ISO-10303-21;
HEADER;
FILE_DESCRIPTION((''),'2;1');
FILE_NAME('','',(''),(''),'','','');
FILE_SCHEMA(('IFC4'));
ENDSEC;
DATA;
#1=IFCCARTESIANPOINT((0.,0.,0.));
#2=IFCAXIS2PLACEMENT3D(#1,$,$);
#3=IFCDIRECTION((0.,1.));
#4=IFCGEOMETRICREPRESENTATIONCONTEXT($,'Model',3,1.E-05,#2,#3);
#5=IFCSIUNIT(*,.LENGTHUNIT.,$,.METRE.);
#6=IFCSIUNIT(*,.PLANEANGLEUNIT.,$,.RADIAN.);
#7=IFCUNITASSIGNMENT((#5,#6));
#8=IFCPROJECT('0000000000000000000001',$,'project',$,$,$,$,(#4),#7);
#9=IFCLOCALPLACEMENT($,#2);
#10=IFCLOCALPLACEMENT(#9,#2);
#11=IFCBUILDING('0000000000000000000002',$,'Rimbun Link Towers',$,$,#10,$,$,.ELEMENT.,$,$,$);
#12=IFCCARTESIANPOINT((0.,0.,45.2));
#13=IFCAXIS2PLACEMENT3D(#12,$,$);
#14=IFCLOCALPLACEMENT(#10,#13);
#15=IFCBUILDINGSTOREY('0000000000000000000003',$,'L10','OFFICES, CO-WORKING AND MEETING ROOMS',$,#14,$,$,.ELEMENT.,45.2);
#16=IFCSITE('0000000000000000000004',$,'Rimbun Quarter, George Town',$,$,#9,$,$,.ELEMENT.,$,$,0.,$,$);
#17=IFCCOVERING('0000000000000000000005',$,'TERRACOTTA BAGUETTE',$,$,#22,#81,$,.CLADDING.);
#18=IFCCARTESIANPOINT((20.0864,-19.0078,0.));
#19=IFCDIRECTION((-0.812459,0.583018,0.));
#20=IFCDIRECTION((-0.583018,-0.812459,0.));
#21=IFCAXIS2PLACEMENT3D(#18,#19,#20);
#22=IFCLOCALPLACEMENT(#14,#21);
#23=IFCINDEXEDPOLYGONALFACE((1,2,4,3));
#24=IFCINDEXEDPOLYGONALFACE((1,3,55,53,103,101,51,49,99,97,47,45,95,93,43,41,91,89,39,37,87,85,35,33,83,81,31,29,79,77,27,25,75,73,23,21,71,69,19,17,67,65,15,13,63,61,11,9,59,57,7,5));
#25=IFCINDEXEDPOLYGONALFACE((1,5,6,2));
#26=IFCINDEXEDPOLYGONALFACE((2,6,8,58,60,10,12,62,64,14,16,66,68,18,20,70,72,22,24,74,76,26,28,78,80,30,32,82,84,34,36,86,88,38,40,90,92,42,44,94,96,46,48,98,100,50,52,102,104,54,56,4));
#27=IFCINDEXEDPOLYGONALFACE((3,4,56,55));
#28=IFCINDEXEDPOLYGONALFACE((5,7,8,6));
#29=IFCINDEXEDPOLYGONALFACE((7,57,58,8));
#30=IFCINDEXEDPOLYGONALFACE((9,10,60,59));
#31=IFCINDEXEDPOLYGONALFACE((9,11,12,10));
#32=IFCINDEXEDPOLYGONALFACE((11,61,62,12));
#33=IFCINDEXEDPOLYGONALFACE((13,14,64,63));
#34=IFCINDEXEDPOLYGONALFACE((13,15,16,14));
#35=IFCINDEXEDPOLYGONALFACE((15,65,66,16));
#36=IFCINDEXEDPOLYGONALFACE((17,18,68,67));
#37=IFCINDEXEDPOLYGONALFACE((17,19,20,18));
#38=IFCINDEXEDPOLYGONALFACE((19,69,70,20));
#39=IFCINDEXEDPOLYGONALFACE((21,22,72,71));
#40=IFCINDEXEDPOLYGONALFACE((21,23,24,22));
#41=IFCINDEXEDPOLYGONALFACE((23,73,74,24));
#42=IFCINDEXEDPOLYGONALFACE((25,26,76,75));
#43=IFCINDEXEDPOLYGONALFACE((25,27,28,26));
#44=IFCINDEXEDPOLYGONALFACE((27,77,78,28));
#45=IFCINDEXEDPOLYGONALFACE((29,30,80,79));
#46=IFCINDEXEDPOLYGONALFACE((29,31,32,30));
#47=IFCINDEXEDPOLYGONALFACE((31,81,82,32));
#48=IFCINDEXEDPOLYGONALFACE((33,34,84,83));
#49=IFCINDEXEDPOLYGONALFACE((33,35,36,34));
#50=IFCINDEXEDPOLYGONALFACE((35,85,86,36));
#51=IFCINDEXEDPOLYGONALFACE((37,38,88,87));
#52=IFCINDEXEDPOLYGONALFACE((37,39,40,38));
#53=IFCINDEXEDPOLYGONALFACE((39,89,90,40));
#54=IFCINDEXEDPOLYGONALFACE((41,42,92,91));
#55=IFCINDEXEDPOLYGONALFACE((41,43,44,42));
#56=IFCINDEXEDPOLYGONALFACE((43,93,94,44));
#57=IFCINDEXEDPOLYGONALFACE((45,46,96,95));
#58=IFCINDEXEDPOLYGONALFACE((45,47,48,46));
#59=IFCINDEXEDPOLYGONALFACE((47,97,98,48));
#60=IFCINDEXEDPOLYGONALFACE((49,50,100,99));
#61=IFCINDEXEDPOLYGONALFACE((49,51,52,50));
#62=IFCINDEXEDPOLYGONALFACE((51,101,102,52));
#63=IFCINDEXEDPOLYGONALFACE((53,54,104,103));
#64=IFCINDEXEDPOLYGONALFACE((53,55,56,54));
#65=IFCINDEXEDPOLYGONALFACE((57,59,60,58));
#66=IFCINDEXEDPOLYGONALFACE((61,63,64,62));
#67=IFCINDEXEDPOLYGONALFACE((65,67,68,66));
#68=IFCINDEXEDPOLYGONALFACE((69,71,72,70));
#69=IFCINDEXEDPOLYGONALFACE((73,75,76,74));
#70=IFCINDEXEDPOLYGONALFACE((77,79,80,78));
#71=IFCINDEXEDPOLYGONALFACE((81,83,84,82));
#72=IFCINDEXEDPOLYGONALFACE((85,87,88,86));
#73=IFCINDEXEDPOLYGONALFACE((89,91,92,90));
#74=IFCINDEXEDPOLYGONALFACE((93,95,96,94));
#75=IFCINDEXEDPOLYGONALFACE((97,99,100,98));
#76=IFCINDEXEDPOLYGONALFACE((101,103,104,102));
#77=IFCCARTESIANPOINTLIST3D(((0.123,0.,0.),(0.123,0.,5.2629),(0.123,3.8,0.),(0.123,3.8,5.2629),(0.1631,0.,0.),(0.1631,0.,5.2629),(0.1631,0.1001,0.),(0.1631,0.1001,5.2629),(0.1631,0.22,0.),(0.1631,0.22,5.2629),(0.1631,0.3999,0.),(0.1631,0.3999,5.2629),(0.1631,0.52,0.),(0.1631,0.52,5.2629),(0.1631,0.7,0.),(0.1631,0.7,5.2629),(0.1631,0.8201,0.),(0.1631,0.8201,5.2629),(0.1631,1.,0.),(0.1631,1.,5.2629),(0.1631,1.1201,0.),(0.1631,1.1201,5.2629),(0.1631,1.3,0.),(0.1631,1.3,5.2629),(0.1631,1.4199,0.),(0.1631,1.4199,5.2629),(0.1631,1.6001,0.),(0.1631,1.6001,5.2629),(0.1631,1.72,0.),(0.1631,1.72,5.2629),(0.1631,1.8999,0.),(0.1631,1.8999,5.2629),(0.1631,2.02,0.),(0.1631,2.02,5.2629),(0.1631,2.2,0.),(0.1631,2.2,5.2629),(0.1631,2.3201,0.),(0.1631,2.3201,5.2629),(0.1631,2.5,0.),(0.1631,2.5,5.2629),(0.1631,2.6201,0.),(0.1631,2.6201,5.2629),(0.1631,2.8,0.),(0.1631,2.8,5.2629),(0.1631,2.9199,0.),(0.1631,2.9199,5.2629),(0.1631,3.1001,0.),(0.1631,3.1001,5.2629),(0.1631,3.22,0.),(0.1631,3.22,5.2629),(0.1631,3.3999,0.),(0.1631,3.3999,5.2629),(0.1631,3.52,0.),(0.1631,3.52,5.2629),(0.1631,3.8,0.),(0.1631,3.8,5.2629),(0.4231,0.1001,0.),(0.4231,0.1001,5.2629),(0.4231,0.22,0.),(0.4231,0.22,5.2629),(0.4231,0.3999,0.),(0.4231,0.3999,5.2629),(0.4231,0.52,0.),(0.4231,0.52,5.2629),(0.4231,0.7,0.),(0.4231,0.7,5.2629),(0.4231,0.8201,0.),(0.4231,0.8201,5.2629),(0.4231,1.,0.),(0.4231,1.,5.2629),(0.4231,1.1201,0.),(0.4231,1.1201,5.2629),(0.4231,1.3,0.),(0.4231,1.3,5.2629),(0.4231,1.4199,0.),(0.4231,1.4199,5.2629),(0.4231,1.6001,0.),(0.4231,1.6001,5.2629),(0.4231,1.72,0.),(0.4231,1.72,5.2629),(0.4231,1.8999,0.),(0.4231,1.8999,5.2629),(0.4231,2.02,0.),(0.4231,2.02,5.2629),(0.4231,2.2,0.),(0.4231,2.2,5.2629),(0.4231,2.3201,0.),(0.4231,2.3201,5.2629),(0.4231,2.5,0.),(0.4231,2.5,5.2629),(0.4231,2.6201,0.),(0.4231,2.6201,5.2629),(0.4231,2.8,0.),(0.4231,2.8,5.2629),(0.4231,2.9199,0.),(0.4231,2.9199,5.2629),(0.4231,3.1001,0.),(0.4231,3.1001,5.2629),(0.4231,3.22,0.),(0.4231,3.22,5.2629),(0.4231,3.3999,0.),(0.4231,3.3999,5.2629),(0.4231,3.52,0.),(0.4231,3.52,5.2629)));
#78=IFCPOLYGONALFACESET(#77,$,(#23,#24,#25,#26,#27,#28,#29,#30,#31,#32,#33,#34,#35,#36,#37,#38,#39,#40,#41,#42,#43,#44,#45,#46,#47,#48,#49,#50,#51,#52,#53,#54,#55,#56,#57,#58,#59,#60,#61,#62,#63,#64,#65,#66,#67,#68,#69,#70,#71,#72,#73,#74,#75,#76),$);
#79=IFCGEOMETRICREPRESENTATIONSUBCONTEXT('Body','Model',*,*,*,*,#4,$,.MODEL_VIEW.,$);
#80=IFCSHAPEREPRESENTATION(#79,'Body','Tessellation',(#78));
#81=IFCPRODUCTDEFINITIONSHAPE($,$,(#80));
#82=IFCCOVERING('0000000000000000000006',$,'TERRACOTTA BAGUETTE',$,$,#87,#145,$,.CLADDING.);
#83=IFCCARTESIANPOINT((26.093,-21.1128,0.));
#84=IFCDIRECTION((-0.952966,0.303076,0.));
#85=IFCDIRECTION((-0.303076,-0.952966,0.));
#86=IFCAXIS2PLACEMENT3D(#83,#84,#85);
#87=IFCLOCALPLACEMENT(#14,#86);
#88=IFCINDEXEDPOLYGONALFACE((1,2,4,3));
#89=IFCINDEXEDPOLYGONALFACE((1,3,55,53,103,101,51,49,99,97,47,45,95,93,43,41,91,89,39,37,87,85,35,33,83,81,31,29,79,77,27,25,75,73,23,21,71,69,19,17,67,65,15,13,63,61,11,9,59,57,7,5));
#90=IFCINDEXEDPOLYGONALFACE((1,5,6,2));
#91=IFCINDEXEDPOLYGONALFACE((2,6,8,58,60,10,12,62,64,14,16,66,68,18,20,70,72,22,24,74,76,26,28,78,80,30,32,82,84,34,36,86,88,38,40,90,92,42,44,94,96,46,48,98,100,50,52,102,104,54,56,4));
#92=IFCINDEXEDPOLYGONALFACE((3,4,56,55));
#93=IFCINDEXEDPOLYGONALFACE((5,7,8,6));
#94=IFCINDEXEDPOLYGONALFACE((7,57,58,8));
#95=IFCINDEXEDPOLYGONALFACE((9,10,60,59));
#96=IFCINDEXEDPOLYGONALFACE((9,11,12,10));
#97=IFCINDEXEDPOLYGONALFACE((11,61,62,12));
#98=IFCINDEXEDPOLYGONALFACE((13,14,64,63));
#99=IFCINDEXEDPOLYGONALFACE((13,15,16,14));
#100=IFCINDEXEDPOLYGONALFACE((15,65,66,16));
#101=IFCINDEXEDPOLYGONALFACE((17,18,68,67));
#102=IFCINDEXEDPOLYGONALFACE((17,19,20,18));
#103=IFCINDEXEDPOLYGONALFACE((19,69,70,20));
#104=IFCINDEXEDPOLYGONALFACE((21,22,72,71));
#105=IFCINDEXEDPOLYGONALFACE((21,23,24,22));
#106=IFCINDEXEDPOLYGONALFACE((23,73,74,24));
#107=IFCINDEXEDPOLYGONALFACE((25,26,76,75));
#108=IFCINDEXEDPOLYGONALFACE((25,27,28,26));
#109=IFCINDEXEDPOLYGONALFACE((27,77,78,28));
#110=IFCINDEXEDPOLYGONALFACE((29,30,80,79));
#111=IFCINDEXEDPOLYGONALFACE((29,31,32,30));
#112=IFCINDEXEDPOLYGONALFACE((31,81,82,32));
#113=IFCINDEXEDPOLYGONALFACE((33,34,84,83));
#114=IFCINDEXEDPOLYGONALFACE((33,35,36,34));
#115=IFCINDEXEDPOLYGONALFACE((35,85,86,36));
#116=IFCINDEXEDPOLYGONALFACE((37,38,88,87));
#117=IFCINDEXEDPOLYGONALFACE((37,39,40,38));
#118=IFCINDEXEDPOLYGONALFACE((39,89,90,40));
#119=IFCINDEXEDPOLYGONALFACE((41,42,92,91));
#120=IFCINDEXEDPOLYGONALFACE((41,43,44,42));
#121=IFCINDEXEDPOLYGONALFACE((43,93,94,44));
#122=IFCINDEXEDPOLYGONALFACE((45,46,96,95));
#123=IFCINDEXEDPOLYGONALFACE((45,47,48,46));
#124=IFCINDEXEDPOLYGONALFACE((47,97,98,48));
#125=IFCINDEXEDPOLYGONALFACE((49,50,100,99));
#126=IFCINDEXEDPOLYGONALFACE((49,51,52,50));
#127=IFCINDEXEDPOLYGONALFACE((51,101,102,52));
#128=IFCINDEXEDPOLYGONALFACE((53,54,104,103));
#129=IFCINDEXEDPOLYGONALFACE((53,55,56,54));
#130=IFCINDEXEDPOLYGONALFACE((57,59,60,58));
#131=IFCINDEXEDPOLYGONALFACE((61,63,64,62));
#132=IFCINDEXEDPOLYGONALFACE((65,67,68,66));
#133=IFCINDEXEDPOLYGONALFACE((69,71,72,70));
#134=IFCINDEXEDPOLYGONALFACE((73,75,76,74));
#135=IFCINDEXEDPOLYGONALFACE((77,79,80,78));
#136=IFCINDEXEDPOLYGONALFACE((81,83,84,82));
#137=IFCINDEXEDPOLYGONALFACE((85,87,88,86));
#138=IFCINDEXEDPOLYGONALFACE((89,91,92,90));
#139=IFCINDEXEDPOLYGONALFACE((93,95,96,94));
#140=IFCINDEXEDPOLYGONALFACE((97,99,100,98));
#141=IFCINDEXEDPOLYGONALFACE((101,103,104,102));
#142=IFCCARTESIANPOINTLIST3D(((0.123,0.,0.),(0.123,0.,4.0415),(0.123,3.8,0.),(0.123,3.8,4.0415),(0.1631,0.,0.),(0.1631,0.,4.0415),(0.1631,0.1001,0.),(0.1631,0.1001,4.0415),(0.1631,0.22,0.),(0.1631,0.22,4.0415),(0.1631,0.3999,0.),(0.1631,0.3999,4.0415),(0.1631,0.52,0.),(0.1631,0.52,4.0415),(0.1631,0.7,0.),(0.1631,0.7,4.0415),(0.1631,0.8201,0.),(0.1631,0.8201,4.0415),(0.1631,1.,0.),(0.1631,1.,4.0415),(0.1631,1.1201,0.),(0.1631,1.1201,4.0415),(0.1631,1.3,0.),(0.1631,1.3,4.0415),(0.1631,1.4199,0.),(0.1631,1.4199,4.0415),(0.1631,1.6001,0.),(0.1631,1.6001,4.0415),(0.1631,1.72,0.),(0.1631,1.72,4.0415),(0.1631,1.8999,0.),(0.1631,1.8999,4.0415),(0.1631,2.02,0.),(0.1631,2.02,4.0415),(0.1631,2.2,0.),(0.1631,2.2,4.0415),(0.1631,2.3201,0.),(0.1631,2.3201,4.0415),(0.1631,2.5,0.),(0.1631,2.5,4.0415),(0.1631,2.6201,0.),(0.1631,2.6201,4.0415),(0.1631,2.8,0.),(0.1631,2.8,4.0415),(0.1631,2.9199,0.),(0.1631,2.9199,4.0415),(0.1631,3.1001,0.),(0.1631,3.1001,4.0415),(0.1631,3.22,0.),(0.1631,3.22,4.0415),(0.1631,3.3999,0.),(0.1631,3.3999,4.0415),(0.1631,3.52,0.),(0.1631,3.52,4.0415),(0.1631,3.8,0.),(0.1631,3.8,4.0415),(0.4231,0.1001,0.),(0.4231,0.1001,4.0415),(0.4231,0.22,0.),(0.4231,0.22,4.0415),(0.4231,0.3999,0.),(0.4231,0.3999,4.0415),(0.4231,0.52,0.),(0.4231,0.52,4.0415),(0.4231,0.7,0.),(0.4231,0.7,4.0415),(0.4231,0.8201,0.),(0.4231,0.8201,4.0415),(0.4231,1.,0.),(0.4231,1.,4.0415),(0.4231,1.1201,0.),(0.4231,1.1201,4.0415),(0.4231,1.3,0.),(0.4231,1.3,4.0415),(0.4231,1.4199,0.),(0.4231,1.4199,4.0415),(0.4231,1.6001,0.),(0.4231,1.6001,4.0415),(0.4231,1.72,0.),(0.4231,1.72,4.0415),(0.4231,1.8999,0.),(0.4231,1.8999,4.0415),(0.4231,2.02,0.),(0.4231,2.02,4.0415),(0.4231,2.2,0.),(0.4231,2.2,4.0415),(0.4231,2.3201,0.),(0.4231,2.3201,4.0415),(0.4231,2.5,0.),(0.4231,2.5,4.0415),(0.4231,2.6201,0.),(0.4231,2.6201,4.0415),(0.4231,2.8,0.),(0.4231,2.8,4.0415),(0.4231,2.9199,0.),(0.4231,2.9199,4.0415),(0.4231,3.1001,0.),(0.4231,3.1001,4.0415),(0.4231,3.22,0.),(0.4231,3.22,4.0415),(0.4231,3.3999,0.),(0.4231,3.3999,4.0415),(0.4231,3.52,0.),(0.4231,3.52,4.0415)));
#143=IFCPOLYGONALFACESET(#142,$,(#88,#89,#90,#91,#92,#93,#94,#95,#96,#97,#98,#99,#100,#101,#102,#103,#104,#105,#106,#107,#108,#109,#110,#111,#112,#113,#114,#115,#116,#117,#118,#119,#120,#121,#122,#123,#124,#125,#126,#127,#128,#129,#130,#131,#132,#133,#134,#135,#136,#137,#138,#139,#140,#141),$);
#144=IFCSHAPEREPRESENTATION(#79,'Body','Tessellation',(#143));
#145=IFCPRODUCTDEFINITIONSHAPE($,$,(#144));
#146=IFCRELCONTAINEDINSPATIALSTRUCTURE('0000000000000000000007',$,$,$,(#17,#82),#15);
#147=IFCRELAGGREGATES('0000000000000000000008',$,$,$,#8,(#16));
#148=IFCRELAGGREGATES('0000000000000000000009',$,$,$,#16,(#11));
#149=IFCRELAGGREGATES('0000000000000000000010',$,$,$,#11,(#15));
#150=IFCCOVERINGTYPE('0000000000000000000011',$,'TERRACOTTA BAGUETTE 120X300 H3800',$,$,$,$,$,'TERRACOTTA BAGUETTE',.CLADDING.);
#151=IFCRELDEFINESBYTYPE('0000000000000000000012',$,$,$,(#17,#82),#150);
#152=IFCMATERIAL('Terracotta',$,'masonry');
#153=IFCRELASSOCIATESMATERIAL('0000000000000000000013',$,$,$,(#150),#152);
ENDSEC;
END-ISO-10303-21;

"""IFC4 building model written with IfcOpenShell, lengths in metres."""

from ifc_helpers import new_model, si_unit, direction, frame, origin, place, context, subcontext, project, spatial, polyline, outline, extrude, material, material_profile, profile_set, type_object, element, save


model = new_model("IFC4")

# Units and contexts
model_context = context("Model", 3, precision=1e-05, world=origin(), true_north=direction((0.0, 1.0)))
body_context = subcontext(model_context, "Body", "Model", "MODEL_VIEW")
ifc_project = project(units=[si_unit("LENGTHUNIT", "METRE"), si_unit("PLANEANGLEUNIT", "RADIAN")], contexts=[model_context])

# Site, building, storey
site_placement = place(None, origin())
site = spatial("IfcSite", under=ifc_project, at=site_placement, Name="Rimbun Quarter, George Town", CompositionType="ELEMENT", RefElevation=0.0)
building_placement = place(site_placement, origin())
building = spatial("IfcBuilding", under=site, at=building_placement, Name="Rimbun Link Towers", CompositionType="ELEMENT")
storey_placement = place(building_placement, frame((0.0, 0.0, 45.2)))
storey = spatial("IfcBuildingStorey", under=building, at=storey_placement, Name="L10", Description="OFFICES, CO-WORKING AND MEETING ROOMS", CompositionType="ELEMENT", Elevation=45.2)

# Coverings
ifc_material_1 = material(Name="Terracotta", Category="masonry")
ifc_material_profile_1 = material_profile(ifc_material_1, outline(polyline([(0.123, 0.0), (0.1631, 0.0), (0.1631, 0.1001), (0.4231, 0.1001), (0.4231, 0.22), (0.1631, 0.22), (0.1631, 0.3999), (0.4231, 0.3999), (0.4231, 0.52), (0.1631, 0.52), (0.1631, 0.7), (0.4231, 0.7), (0.4231, 0.8201), (0.1631, 0.8201), (0.1631, 1.0), (0.4231, 1.0), (0.4231, 1.1201), (0.1631, 1.1201), (0.1631, 1.3), (0.4231, 1.3), (0.4231, 1.4199), (0.1631, 1.4199), (0.1631, 1.6001), (0.4231, 1.6001), (0.4231, 1.72), (0.1631, 1.72), (0.1631, 1.8999), (0.4231, 1.8999), (0.4231, 2.02), (0.1631, 2.02), (0.1631, 2.2), (0.4231, 2.2), (0.4231, 2.3201), (0.1631, 2.3201), (0.1631, 2.5), (0.4231, 2.5), (0.4231, 2.6201), (0.1631, 2.6201), (0.1631, 2.8), (0.4231, 2.8), (0.4231, 2.9199), (0.1631, 2.9199), (0.1631, 3.1001), (0.4231, 3.1001), (0.4231, 3.22), (0.1631, 3.22), (0.1631, 3.3999), (0.4231, 3.3999), (0.4231, 3.52), (0.1631, 3.52), (0.1631, 3.8), (0.123, 3.8), (0.123, 0.0)])), Name="BAGUETTE 120X300")
ifc_profile_set_1 = profile_set([ifc_material_profile_1], Name="Terracotta")
covering_type = type_object("IfcCoveringType", Name="TERRACOTTA BAGUETTE 120X300 H3800", ElementType="TERRACOTTA BAGUETTE", PredefinedType="CLADDING", material=ifc_profile_set_1)
for number, where, z_axis, x_axis, name in (
    (1, (20.0864, -19.0078, 0.0), (-0.812459, 0.583018, 0.0), (-0.583018, -0.812459, 0.0), "TERRACOTTA BAGUETTE"),
):
    element("IfcCovering", number, at=place(storey_placement, frame(where, z_axis=z_axis, x_axis=x_axis)), inside=storey, type_object=covering_type, Name=name, PredefinedType="CLADDING", context=body_context, shape_type="SweptSolid", body=[
        extrude(outline(polyline([(0.123, 0.0), (0.1631, 0.0), (0.1631, 0.1001), (0.4231, 0.1001), (0.4231, 0.22), (0.1631, 0.22), (0.1631, 0.3999), (0.4231, 0.3999), (0.4231, 0.52), (0.1631, 0.52), (0.1631, 0.7), (0.4231, 0.7), (0.4231, 0.8201), (0.1631, 0.8201), (0.1631, 1.0), (0.4231, 1.0), (0.4231, 1.1201), (0.1631, 1.1201), (0.1631, 1.3), (0.4231, 1.3), (0.4231, 1.4199), (0.1631, 1.4199), (0.1631, 1.6001), (0.4231, 1.6001), (0.4231, 1.72), (0.1631, 1.72), (0.1631, 1.8999), (0.4231, 1.8999), (0.4231, 2.02), (0.1631, 2.02), (0.1631, 2.2), (0.4231, 2.2), (0.4231, 2.3201), (0.1631, 2.3201), (0.1631, 2.5), (0.4231, 2.5), (0.4231, 2.6201), (0.1631, 2.6201), (0.1631, 2.8), (0.4231, 2.8), (0.4231, 2.9199), (0.1631, 2.9199), (0.1631, 3.1001), (0.4231, 3.1001), (0.4231, 3.22), (0.1631, 3.22), (0.1631, 3.3999), (0.4231, 3.3999), (0.4231, 3.52), (0.1631, 3.52), (0.1631, 3.8), (0.123, 3.8), (0.123, 0.0)])), origin(), (0.0, 0.0, 1.0), 5.2629),
    ])
covering_placement = place(storey_placement, frame((26.093, -21.1128, 0.0), z_axis=(-0.952966, 0.303076, 0.0), x_axis=(-0.303076, -0.952966, 0.0)))
element("IfcCovering", 2, at=covering_placement, inside=storey, type_object=covering_type, Name="TERRACOTTA BAGUETTE", PredefinedType="CLADDING", context=body_context, shape_type="SweptSolid", body=[
    extrude(outline(polyline([(0.123, 0.0), (0.1631, 0.0), (0.1631, 0.1001), (0.4231, 0.1001), (0.4231, 0.22), (0.1631, 0.22), (0.1631, 0.3999), (0.4231, 0.3999), (0.4231, 0.52), (0.1631, 0.52), (0.1631, 0.7), (0.4231, 0.7), (0.4231, 0.8201), (0.1631, 0.8201), (0.1631, 1.0), (0.4231, 1.0), (0.4231, 1.1201), (0.1631, 1.1201), (0.1631, 1.3), (0.4231, 1.3), (0.4231, 1.4199), (0.1631, 1.4199), (0.1631, 1.6001), (0.4231, 1.6001), (0.4231, 1.72), (0.1631, 1.72), (0.1631, 1.8999), (0.4231, 1.8999), (0.4231, 2.02), (0.1631, 2.02), (0.1631, 2.2), (0.4231, 2.2), (0.4231, 2.3201), (0.1631, 2.3201), (0.1631, 2.5), (0.4231, 2.5), (0.4231, 2.6201), (0.1631, 2.6201), (0.1631, 2.8), (0.4231, 2.8), (0.4231, 2.9199), (0.1631, 2.9199), (0.1631, 3.1001), (0.4231, 3.1001), (0.4231, 3.22), (0.1631, 3.22), (0.1631, 3.3999), (0.4231, 3.3999), (0.4231, 3.52), (0.1631, 3.52), (0.1631, 3.8), (0.123, 3.8), (0.123, 0.0)])), origin(), (0.0, 0.0, 1.0), 4.0415),
])

save(model, "model.ifc")
